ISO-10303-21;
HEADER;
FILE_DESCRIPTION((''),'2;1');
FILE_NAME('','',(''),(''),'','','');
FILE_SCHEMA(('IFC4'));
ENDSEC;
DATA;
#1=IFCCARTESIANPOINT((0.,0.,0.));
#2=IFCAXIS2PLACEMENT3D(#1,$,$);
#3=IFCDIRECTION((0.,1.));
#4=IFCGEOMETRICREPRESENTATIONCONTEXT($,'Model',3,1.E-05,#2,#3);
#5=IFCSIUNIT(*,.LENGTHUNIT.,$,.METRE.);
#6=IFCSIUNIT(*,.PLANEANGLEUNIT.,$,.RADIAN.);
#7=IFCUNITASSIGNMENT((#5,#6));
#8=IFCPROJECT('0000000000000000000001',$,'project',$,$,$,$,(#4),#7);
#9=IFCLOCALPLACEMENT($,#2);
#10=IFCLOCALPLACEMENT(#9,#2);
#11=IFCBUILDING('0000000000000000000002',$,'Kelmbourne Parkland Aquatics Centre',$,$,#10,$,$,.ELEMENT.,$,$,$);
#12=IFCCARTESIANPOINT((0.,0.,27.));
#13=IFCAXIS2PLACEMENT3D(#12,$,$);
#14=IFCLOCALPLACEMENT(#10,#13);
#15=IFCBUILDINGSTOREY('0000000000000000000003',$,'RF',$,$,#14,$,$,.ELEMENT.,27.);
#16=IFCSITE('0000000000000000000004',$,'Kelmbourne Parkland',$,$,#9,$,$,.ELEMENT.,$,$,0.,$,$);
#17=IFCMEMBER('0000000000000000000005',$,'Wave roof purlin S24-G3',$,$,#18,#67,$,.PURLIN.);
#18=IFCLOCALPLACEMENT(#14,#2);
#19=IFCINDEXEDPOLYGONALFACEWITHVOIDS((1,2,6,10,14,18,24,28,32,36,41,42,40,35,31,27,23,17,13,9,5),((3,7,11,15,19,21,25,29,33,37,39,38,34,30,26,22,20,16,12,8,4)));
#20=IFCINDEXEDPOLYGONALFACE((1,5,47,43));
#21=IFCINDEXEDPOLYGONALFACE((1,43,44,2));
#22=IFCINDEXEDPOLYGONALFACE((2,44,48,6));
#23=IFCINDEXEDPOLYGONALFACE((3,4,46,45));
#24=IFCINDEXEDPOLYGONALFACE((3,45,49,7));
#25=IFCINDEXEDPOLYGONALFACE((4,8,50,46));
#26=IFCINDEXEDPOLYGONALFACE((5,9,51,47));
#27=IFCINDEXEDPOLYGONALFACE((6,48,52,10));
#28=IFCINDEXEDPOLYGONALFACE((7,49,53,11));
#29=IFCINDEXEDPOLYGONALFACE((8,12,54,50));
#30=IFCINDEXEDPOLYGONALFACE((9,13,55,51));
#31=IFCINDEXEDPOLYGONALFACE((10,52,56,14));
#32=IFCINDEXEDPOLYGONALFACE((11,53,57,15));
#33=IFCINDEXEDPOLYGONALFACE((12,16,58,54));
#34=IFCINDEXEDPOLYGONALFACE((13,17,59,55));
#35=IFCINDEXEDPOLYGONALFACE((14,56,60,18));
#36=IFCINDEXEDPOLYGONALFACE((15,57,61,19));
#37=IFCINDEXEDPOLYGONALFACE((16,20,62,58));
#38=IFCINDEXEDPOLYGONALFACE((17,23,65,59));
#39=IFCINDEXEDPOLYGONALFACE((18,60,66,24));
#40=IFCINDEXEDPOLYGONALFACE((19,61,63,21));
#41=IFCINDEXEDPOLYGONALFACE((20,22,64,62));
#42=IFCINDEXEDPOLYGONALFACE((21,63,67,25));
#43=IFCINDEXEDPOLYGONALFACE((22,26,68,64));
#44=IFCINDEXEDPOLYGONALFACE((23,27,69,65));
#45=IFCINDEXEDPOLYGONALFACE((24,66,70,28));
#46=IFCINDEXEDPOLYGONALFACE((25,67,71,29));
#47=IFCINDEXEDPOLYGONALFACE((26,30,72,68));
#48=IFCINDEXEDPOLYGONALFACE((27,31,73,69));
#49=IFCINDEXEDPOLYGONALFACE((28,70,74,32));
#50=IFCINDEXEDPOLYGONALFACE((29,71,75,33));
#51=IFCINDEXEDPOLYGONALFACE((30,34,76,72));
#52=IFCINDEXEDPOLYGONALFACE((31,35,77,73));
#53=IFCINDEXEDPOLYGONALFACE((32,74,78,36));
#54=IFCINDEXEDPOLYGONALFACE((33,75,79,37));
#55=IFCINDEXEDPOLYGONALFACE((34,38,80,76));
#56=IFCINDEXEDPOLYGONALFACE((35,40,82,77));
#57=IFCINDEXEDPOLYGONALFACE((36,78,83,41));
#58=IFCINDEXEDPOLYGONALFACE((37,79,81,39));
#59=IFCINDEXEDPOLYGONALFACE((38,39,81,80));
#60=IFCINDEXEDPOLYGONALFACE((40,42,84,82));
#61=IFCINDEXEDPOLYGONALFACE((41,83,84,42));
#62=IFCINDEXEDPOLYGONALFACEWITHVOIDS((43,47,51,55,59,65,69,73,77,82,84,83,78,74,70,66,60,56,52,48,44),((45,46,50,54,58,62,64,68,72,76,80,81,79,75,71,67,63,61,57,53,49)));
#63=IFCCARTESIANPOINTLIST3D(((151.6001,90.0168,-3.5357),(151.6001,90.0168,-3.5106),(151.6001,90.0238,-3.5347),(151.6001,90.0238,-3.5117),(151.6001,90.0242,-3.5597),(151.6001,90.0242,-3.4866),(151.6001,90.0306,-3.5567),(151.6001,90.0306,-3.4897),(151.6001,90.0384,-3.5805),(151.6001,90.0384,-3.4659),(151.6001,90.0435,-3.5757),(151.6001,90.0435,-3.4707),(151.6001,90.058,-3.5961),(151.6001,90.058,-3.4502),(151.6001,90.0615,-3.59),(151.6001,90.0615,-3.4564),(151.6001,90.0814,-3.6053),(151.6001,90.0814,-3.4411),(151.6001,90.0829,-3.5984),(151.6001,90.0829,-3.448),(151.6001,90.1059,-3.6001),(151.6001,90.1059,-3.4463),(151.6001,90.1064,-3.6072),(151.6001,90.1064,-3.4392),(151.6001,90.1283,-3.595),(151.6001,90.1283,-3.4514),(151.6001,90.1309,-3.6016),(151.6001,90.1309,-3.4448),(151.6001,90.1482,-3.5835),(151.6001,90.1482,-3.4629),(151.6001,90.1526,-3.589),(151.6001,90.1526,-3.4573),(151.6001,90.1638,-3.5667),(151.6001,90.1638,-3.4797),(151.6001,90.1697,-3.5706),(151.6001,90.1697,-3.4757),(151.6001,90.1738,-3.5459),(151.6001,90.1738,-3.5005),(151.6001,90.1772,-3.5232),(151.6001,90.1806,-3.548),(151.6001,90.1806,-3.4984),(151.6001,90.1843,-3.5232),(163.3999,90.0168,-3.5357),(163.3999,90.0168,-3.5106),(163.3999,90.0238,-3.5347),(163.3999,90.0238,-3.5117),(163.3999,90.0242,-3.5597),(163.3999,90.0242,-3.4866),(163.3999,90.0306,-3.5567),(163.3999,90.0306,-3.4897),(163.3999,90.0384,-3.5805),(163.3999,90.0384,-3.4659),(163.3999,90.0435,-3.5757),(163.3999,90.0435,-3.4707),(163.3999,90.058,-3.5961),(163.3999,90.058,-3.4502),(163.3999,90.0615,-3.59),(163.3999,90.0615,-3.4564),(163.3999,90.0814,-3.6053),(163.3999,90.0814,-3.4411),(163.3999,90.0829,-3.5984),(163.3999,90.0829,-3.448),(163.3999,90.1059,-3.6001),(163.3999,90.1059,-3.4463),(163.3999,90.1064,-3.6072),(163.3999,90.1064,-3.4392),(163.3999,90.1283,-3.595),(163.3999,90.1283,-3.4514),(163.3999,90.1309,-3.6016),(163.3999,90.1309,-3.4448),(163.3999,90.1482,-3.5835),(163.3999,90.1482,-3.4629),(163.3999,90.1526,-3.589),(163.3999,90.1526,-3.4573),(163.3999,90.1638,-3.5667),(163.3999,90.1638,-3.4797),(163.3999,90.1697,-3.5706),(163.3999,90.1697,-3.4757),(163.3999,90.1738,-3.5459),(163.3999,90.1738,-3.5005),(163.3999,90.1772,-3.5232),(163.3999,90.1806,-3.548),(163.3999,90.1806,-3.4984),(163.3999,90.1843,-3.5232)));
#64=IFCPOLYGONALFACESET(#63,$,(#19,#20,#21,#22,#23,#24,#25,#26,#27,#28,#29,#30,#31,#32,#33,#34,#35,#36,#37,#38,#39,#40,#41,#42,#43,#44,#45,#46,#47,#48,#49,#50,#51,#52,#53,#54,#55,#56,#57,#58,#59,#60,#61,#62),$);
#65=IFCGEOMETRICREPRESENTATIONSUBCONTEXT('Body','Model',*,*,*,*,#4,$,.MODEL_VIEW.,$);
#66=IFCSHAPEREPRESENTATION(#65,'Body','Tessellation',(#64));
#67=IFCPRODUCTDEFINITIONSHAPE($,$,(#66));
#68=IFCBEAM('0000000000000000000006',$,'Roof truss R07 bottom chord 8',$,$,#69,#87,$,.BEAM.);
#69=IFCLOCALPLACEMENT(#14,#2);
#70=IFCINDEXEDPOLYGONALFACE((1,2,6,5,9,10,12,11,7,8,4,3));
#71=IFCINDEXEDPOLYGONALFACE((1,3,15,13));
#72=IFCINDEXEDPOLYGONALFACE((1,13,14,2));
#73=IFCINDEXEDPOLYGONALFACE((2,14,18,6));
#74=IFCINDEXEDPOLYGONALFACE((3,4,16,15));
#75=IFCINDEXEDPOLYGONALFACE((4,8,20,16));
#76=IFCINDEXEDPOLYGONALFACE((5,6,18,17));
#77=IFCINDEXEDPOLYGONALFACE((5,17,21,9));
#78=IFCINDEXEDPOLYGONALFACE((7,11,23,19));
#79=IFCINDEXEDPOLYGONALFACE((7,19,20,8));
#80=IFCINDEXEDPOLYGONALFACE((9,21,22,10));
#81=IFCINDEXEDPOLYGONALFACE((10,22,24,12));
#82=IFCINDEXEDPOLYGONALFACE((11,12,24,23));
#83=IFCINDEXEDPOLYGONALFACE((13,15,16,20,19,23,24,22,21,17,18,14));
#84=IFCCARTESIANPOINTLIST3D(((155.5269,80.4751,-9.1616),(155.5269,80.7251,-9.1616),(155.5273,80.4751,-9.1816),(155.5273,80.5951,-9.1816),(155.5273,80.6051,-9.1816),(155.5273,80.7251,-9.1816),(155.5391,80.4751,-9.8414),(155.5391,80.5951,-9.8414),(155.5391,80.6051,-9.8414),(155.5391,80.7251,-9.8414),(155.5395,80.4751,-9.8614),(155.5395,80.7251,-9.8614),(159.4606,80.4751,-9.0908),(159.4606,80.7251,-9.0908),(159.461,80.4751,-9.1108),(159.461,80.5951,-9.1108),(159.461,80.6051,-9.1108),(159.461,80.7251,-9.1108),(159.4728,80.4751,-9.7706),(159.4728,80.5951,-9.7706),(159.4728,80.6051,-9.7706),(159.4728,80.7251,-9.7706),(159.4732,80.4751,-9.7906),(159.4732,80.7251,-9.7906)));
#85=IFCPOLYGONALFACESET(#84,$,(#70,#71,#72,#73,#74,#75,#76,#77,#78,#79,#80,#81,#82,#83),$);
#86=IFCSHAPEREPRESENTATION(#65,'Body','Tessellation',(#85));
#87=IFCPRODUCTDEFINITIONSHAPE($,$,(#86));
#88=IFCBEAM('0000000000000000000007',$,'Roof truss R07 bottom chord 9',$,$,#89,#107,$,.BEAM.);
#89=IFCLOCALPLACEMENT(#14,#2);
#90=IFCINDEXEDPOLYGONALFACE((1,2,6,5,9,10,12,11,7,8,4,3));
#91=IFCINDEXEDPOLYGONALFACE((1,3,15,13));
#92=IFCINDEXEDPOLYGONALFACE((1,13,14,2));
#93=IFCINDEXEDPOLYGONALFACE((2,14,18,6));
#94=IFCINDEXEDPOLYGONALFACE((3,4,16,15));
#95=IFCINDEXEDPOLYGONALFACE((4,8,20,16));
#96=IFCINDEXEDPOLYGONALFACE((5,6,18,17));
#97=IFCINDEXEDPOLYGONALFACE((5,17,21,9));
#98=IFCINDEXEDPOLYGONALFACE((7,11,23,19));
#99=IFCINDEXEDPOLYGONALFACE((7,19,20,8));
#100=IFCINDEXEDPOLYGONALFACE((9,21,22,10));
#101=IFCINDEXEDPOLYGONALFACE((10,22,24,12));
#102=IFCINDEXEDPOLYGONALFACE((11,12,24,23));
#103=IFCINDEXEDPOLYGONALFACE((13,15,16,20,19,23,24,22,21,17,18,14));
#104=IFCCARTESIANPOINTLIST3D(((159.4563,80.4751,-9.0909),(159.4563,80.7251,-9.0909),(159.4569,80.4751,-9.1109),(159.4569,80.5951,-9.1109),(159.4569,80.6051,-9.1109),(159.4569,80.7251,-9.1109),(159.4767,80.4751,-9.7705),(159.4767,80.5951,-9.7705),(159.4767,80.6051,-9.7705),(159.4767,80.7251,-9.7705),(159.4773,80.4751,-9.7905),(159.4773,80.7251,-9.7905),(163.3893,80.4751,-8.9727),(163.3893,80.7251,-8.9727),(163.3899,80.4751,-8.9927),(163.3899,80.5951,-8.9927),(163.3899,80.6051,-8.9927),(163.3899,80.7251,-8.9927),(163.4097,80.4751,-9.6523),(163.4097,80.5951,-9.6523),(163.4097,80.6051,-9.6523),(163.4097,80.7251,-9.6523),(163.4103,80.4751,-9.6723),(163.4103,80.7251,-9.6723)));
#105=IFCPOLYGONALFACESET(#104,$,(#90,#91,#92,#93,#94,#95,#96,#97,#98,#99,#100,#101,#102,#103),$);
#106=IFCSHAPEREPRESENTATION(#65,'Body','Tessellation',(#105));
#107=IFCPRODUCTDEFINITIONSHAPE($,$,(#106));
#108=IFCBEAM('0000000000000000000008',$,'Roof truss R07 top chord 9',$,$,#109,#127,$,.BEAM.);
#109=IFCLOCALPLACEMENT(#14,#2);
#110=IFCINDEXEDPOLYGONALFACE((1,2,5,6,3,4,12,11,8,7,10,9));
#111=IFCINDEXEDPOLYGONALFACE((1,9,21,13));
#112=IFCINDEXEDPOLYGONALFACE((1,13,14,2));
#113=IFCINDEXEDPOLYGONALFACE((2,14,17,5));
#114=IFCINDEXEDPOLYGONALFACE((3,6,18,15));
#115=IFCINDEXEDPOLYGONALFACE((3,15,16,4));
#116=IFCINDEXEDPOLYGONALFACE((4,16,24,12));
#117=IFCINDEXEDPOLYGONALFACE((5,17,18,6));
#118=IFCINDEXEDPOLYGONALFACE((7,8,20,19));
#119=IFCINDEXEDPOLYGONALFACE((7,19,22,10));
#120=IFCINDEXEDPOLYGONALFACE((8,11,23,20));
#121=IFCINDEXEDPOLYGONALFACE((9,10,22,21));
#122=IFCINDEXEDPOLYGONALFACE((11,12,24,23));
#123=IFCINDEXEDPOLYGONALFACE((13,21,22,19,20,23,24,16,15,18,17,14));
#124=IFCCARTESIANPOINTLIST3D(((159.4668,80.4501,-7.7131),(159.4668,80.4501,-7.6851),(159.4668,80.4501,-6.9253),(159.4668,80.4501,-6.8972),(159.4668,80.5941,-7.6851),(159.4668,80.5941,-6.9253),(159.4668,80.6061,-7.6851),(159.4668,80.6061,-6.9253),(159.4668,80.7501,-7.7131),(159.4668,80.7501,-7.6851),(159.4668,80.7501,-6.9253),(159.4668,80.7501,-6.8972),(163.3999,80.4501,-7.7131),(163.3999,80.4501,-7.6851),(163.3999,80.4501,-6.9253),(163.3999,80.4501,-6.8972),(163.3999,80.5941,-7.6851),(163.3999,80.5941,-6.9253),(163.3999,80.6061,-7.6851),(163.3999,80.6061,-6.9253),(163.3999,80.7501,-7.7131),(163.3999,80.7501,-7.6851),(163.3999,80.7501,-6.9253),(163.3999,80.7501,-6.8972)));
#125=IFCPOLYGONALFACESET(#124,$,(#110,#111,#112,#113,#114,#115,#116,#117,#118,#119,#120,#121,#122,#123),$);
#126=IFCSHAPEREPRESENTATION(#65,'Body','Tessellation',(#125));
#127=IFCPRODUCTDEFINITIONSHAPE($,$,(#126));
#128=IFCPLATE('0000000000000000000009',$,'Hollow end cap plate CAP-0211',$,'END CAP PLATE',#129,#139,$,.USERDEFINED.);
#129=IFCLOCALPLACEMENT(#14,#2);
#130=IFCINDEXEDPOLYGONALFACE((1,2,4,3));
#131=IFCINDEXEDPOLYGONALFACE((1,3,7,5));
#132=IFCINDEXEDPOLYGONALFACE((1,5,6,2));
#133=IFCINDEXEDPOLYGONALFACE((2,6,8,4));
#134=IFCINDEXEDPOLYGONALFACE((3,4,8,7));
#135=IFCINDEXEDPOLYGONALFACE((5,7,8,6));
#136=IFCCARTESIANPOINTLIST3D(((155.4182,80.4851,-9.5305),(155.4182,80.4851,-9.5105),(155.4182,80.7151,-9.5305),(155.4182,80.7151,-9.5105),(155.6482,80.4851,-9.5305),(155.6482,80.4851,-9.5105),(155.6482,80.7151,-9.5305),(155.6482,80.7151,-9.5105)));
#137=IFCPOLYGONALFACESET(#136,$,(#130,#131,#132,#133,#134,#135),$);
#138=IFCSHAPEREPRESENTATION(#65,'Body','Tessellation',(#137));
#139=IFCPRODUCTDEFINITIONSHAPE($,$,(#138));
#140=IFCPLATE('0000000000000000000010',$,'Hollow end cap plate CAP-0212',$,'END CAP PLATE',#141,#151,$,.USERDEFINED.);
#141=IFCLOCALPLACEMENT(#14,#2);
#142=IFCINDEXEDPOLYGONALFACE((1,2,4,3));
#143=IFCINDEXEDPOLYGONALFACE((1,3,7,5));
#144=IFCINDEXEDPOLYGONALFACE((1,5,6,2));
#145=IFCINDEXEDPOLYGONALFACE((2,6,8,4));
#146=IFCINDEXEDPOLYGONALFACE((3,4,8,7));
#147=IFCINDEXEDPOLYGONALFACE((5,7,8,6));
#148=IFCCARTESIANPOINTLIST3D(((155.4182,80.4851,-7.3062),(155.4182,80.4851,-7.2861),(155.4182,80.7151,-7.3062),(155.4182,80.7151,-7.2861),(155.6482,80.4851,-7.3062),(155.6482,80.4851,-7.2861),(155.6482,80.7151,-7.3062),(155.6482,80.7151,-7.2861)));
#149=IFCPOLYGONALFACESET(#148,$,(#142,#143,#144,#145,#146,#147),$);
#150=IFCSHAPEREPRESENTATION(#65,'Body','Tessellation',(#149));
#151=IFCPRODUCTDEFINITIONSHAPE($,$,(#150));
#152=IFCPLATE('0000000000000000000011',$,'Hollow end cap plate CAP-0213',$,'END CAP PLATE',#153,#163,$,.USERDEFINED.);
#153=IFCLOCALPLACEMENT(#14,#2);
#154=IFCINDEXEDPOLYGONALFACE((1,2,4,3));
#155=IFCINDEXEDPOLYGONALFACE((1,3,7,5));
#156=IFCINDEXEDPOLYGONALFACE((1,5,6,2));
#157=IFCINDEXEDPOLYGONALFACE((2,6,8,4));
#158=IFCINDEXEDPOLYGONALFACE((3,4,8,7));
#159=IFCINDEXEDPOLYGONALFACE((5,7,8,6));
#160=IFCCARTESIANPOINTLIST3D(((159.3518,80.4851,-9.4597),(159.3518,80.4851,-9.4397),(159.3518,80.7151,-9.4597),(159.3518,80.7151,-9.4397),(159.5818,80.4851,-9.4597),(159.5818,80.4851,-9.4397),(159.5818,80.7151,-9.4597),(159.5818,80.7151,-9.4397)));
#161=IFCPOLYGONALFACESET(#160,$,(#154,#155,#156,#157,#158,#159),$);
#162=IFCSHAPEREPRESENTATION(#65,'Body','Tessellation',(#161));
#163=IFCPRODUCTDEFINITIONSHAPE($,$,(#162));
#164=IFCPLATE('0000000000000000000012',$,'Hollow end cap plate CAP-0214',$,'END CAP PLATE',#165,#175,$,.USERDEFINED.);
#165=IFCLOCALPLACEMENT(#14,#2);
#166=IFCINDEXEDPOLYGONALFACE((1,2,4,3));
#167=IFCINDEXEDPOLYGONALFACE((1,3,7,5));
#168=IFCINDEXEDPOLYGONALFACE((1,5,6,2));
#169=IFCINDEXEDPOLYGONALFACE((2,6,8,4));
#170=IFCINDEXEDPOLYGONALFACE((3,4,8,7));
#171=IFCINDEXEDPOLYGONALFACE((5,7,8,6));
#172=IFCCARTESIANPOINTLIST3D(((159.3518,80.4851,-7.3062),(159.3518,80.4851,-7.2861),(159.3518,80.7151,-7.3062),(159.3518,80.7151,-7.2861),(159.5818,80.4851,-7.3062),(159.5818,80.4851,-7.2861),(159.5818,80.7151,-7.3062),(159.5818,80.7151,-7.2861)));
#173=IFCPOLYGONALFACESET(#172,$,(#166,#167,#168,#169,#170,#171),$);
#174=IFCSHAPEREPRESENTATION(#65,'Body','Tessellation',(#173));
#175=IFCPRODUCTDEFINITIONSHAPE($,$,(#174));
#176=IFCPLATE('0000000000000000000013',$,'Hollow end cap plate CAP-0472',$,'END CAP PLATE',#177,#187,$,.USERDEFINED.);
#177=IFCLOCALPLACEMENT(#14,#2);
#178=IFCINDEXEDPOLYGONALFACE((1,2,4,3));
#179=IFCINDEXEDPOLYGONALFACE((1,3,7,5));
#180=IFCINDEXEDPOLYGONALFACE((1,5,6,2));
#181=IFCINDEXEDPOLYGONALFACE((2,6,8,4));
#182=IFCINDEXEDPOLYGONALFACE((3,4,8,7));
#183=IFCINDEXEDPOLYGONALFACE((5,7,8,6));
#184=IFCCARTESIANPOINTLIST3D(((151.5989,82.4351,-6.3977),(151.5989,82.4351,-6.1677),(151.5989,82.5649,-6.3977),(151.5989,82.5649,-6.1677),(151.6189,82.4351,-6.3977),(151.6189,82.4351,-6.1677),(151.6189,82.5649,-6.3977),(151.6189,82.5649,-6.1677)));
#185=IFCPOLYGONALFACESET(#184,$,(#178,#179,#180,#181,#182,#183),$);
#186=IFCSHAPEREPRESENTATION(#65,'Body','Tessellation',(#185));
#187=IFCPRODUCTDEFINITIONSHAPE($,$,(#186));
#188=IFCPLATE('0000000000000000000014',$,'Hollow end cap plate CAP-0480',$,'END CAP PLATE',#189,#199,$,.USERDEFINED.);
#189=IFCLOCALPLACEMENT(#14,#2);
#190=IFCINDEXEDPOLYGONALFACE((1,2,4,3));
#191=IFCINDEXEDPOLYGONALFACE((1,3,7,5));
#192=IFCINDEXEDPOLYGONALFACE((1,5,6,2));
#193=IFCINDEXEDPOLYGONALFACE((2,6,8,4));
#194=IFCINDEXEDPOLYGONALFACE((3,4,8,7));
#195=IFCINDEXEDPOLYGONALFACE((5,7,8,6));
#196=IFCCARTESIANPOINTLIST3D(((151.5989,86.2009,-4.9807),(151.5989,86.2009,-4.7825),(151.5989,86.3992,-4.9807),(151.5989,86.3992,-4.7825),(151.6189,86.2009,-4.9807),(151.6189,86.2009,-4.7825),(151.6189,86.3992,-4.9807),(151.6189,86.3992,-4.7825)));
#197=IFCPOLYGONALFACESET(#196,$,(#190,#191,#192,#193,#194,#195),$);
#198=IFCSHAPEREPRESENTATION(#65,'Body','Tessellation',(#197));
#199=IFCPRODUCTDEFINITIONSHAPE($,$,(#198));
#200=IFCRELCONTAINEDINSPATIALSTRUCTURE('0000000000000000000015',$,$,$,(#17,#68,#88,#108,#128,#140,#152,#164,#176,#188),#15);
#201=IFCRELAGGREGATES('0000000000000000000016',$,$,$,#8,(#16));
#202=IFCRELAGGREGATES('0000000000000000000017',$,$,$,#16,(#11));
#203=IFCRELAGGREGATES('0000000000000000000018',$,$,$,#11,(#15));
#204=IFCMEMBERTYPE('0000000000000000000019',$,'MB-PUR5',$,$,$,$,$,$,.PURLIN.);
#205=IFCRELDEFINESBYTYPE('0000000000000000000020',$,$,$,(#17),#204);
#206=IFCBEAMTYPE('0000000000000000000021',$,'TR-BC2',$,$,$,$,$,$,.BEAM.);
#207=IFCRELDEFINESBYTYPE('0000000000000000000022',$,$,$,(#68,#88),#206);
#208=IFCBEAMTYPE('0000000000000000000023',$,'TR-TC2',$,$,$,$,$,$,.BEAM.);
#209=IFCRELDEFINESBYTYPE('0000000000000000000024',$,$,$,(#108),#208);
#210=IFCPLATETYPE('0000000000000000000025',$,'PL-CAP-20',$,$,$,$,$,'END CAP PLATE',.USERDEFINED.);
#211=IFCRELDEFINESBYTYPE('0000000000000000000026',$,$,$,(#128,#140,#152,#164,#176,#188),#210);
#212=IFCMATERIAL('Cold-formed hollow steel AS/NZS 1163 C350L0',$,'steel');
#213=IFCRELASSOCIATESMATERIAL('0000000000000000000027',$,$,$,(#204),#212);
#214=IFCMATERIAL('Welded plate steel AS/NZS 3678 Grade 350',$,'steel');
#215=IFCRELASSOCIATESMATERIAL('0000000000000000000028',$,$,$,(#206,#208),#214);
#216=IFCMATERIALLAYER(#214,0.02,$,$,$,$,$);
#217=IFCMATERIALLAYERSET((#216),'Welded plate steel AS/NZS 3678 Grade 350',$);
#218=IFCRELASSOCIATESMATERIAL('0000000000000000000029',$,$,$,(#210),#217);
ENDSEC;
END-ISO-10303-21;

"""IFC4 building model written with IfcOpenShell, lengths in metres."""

from ifc_helpers import new_model, si_unit, direction, frame, origin, origin_2d, place, context, subcontext, project, spatial, rectangle, hollow_circle, i_section, extrude, material, layer, layer_set, material_profile, profile_set, type_object, element, save


model = new_model("IFC4")

# Units and contexts
model_context = context("Model", 3, precision=1e-05, world=origin(), true_north=direction((0.0, 1.0)))
body_context = subcontext(model_context, "Body", "Model", "MODEL_VIEW")
ifc_project = project(units=[si_unit("LENGTHUNIT", "METRE"), si_unit("PLANEANGLEUNIT", "RADIAN")], contexts=[model_context])

# Site, building, storey
site_placement = place(None, origin())
site = spatial("IfcSite", under=ifc_project, at=site_placement, Name="Kelmbourne Parkland", CompositionType="ELEMENT", RefElevation=0.0)
building_placement = place(site_placement, origin())
building = spatial("IfcBuilding", under=site, at=building_placement, Name="Kelmbourne Parkland Aquatics Centre", CompositionType="ELEMENT")
storey_placement = place(building_placement, frame((0.0, 0.0, 27.0)))
storey = spatial("IfcBuildingStorey", under=building, at=storey_placement, Name="RF", CompositionType="ELEMENT", Elevation=27.0)

# Member
ifc_material_1 = material(Name="Cold-formed hollow steel AS/NZS 1163 C350L0", Category="steel")
ifc_material_profile_1 = material_profile(ifc_material_1, hollow_circle(Radius=0.0842, WallThickness=0.0071, at=origin_2d()), Name="CHS 168.3x7.1")
ifc_profile_set_1 = profile_set([ifc_material_profile_1], Name="Cold-formed hollow steel AS/NZS 1163 C350L0")
member_type_1 = type_object("IfcMemberType", Name="MB-PUR5", PredefinedType="PURLIN", material=ifc_profile_set_1)
member_1_placement = place(storey_placement, frame((151.6001, 90.1001, -3.5232), z_axis=(1.0, 0.0, 0.0), x_axis=(0.0, 1.0, 0.0)))
element("IfcMember", 1, at=member_1_placement, inside=storey, type_object=member_type_1, Name="Wave roof purlin S24-G3", PredefinedType="PURLIN", context=body_context, shape_type="SweptSolid", body=[
    extrude(hollow_circle(Radius=0.0842, WallThickness=0.0071, at=origin_2d()), origin(), (0.0, 0.0, 1.0), 11.7998),
])

# Beams
ifc_material_2 = material(Name="Welded plate steel AS/NZS 3678 Grade 350", Category="steel")
ifc_material_profile_2 = material_profile(ifc_material_2, i_section(OverallWidth=0.25, OverallDepth=0.7, WebThickness=0.01, FlangeThickness=0.02, at=origin_2d()), Name="700WB130")
ifc_profile_set_2 = profile_set([ifc_material_profile_2], Name="Welded plate steel AS/NZS 3678 Grade 350")
beam_type_1 = type_object("IfcBeamType", Name="TR-BC2", PredefinedType="BEAM", material=ifc_profile_set_2)
beam_1_placement = place(storey_placement, frame((155.5332, 80.6001, -9.5115), z_axis=(0.999838, 0.0, 0.017996), x_axis=(0.0, 1.0, 0.0)))
element("IfcBeam", 2, at=beam_1_placement, inside=storey, type_object=beam_type_1, Name="Roof truss R07 bottom chord 8", PredefinedType="BEAM", context=body_context, shape_type="SweptSolid", body=[
    extrude(i_section(OverallWidth=0.25, OverallDepth=0.7, WebThickness=0.01, FlangeThickness=0.02, at=origin_2d()), origin(), (0.0, 0.0, 1.0), 3.9343),
])
beam_2_placement = place(storey_placement, frame((159.4668, 80.6001, -9.4407), z_axis=(0.999549, 0.0, 0.03003), x_axis=(0.0, 1.0, 0.0)))
element("IfcBeam", 3, at=beam_2_placement, inside=storey, type_object=beam_type_1, Name="Roof truss R07 bottom chord 9", PredefinedType="BEAM", context=body_context, shape_type="SweptSolid", body=[
    extrude(i_section(OverallWidth=0.25, OverallDepth=0.7, WebThickness=0.01, FlangeThickness=0.02, at=origin_2d()), origin(), (0.0, 0.0, 1.0), 3.9348),
])
ifc_material_profile_3 = material_profile(ifc_material_2, i_section(OverallWidth=0.3, OverallDepth=0.8159, WebThickness=0.012, FlangeThickness=0.0281, at=origin_2d()), Name="800WB192")
ifc_profile_set_3 = profile_set([ifc_material_profile_3], Name="Welded plate steel AS/NZS 3678 Grade 350")
beam_type_2 = type_object("IfcBeamType", Name="TR-TC2", PredefinedType="BEAM", material=ifc_profile_set_3)
beam_3_placement = place(storey_placement, frame((159.4668, 80.6001, -7.3052), z_axis=(1.0, 0.0, 0.0), x_axis=(0.0, 1.0, 0.0)))
element("IfcBeam", 4, at=beam_3_placement, inside=storey, type_object=beam_type_2, Name="Roof truss R07 top chord 9", PredefinedType="BEAM", context=body_context, shape_type="SweptSolid", body=[
    extrude(i_section(OverallWidth=0.3, OverallDepth=0.8159, WebThickness=0.012, FlangeThickness=0.0281, at=origin_2d()), origin(), (0.0, 0.0, 1.0), 3.9331),
])

# Plates
ifc_layer_1 = layer(ifc_material_2, 0.02)
ifc_layer_set_1 = layer_set([ifc_layer_1], Name="Welded plate steel AS/NZS 3678 Grade 350")
plate_type_1 = type_object("IfcPlateType", Name="PL-CAP-20", ElementType="END CAP PLATE", PredefinedType="USERDEFINED", material=ifc_layer_set_1)
for number, where, z_axis, x_axis, name in (
    (5, (155.5332, 80.6001, -9.5305), (0.0, 0.0, 1.0), (1.0, 0.0, 0.0), "Hollow end cap plate CAP-0211"),
    (6, (155.5332, 80.6001, -7.3062), (0.0, 0.0, 1.0), (1.0, 0.0, 0.0), "Hollow end cap plate CAP-0212"),
    (7, (159.4668, 80.6001, -9.4597), (0.0, 0.0, 1.0), (1.0, 0.0, 0.0), "Hollow end cap plate CAP-0213"),
    (8, (159.4668, 80.6001, -7.3062), (0.0, 0.0, 1.0), (1.0, 0.0, 0.0), "Hollow end cap plate CAP-0214"),
):
    element("IfcPlate", number, at=place(storey_placement, frame(where, z_axis=z_axis, x_axis=x_axis)), inside=storey, type_object=plate_type_1, Name=name, ObjectType="END CAP PLATE", PredefinedType="USERDEFINED", context=body_context, shape_type="SweptSolid", body=[
        extrude(rectangle(XDim=0.23, YDim=0.23, at=origin_2d()), origin(), (0.0, 0.0, 1.0), 0.02),
    ])
plate_1_placement = place(storey_placement, frame((151.6089, 82.5, -6.3977), z_axis=(0.0, 0.0, 1.0), x_axis=(1.0, 0.0, 0.0)))
element("IfcPlate", 9, at=plate_1_placement, inside=storey, type_object=plate_type_1, Name="Hollow end cap plate CAP-0472", ObjectType="END CAP PLATE", PredefinedType="USERDEFINED", context=body_context, shape_type="SweptSolid", body=[
    extrude(rectangle(XDim=0.02, YDim=0.1299, at=origin_2d()), origin(), (0.0, 0.0, 1.0), 0.23),
])
plate_2_placement = place(storey_placement, frame((151.6089, 86.3, -4.9807), z_axis=(0.0, 0.0, 1.0), x_axis=(1.0, 0.0, 0.0)))
element("IfcPlate", 10, at=plate_2_placement, inside=storey, type_object=plate_type_1, Name="Hollow end cap plate CAP-0480", ObjectType="END CAP PLATE", PredefinedType="USERDEFINED", context=body_context, shape_type="SweptSolid", body=[
    extrude(rectangle(XDim=0.02, YDim=0.1982, at=origin_2d()), origin(), (0.0, 0.0, 1.0), 0.1982),
])

save(model, "model.ifc")
